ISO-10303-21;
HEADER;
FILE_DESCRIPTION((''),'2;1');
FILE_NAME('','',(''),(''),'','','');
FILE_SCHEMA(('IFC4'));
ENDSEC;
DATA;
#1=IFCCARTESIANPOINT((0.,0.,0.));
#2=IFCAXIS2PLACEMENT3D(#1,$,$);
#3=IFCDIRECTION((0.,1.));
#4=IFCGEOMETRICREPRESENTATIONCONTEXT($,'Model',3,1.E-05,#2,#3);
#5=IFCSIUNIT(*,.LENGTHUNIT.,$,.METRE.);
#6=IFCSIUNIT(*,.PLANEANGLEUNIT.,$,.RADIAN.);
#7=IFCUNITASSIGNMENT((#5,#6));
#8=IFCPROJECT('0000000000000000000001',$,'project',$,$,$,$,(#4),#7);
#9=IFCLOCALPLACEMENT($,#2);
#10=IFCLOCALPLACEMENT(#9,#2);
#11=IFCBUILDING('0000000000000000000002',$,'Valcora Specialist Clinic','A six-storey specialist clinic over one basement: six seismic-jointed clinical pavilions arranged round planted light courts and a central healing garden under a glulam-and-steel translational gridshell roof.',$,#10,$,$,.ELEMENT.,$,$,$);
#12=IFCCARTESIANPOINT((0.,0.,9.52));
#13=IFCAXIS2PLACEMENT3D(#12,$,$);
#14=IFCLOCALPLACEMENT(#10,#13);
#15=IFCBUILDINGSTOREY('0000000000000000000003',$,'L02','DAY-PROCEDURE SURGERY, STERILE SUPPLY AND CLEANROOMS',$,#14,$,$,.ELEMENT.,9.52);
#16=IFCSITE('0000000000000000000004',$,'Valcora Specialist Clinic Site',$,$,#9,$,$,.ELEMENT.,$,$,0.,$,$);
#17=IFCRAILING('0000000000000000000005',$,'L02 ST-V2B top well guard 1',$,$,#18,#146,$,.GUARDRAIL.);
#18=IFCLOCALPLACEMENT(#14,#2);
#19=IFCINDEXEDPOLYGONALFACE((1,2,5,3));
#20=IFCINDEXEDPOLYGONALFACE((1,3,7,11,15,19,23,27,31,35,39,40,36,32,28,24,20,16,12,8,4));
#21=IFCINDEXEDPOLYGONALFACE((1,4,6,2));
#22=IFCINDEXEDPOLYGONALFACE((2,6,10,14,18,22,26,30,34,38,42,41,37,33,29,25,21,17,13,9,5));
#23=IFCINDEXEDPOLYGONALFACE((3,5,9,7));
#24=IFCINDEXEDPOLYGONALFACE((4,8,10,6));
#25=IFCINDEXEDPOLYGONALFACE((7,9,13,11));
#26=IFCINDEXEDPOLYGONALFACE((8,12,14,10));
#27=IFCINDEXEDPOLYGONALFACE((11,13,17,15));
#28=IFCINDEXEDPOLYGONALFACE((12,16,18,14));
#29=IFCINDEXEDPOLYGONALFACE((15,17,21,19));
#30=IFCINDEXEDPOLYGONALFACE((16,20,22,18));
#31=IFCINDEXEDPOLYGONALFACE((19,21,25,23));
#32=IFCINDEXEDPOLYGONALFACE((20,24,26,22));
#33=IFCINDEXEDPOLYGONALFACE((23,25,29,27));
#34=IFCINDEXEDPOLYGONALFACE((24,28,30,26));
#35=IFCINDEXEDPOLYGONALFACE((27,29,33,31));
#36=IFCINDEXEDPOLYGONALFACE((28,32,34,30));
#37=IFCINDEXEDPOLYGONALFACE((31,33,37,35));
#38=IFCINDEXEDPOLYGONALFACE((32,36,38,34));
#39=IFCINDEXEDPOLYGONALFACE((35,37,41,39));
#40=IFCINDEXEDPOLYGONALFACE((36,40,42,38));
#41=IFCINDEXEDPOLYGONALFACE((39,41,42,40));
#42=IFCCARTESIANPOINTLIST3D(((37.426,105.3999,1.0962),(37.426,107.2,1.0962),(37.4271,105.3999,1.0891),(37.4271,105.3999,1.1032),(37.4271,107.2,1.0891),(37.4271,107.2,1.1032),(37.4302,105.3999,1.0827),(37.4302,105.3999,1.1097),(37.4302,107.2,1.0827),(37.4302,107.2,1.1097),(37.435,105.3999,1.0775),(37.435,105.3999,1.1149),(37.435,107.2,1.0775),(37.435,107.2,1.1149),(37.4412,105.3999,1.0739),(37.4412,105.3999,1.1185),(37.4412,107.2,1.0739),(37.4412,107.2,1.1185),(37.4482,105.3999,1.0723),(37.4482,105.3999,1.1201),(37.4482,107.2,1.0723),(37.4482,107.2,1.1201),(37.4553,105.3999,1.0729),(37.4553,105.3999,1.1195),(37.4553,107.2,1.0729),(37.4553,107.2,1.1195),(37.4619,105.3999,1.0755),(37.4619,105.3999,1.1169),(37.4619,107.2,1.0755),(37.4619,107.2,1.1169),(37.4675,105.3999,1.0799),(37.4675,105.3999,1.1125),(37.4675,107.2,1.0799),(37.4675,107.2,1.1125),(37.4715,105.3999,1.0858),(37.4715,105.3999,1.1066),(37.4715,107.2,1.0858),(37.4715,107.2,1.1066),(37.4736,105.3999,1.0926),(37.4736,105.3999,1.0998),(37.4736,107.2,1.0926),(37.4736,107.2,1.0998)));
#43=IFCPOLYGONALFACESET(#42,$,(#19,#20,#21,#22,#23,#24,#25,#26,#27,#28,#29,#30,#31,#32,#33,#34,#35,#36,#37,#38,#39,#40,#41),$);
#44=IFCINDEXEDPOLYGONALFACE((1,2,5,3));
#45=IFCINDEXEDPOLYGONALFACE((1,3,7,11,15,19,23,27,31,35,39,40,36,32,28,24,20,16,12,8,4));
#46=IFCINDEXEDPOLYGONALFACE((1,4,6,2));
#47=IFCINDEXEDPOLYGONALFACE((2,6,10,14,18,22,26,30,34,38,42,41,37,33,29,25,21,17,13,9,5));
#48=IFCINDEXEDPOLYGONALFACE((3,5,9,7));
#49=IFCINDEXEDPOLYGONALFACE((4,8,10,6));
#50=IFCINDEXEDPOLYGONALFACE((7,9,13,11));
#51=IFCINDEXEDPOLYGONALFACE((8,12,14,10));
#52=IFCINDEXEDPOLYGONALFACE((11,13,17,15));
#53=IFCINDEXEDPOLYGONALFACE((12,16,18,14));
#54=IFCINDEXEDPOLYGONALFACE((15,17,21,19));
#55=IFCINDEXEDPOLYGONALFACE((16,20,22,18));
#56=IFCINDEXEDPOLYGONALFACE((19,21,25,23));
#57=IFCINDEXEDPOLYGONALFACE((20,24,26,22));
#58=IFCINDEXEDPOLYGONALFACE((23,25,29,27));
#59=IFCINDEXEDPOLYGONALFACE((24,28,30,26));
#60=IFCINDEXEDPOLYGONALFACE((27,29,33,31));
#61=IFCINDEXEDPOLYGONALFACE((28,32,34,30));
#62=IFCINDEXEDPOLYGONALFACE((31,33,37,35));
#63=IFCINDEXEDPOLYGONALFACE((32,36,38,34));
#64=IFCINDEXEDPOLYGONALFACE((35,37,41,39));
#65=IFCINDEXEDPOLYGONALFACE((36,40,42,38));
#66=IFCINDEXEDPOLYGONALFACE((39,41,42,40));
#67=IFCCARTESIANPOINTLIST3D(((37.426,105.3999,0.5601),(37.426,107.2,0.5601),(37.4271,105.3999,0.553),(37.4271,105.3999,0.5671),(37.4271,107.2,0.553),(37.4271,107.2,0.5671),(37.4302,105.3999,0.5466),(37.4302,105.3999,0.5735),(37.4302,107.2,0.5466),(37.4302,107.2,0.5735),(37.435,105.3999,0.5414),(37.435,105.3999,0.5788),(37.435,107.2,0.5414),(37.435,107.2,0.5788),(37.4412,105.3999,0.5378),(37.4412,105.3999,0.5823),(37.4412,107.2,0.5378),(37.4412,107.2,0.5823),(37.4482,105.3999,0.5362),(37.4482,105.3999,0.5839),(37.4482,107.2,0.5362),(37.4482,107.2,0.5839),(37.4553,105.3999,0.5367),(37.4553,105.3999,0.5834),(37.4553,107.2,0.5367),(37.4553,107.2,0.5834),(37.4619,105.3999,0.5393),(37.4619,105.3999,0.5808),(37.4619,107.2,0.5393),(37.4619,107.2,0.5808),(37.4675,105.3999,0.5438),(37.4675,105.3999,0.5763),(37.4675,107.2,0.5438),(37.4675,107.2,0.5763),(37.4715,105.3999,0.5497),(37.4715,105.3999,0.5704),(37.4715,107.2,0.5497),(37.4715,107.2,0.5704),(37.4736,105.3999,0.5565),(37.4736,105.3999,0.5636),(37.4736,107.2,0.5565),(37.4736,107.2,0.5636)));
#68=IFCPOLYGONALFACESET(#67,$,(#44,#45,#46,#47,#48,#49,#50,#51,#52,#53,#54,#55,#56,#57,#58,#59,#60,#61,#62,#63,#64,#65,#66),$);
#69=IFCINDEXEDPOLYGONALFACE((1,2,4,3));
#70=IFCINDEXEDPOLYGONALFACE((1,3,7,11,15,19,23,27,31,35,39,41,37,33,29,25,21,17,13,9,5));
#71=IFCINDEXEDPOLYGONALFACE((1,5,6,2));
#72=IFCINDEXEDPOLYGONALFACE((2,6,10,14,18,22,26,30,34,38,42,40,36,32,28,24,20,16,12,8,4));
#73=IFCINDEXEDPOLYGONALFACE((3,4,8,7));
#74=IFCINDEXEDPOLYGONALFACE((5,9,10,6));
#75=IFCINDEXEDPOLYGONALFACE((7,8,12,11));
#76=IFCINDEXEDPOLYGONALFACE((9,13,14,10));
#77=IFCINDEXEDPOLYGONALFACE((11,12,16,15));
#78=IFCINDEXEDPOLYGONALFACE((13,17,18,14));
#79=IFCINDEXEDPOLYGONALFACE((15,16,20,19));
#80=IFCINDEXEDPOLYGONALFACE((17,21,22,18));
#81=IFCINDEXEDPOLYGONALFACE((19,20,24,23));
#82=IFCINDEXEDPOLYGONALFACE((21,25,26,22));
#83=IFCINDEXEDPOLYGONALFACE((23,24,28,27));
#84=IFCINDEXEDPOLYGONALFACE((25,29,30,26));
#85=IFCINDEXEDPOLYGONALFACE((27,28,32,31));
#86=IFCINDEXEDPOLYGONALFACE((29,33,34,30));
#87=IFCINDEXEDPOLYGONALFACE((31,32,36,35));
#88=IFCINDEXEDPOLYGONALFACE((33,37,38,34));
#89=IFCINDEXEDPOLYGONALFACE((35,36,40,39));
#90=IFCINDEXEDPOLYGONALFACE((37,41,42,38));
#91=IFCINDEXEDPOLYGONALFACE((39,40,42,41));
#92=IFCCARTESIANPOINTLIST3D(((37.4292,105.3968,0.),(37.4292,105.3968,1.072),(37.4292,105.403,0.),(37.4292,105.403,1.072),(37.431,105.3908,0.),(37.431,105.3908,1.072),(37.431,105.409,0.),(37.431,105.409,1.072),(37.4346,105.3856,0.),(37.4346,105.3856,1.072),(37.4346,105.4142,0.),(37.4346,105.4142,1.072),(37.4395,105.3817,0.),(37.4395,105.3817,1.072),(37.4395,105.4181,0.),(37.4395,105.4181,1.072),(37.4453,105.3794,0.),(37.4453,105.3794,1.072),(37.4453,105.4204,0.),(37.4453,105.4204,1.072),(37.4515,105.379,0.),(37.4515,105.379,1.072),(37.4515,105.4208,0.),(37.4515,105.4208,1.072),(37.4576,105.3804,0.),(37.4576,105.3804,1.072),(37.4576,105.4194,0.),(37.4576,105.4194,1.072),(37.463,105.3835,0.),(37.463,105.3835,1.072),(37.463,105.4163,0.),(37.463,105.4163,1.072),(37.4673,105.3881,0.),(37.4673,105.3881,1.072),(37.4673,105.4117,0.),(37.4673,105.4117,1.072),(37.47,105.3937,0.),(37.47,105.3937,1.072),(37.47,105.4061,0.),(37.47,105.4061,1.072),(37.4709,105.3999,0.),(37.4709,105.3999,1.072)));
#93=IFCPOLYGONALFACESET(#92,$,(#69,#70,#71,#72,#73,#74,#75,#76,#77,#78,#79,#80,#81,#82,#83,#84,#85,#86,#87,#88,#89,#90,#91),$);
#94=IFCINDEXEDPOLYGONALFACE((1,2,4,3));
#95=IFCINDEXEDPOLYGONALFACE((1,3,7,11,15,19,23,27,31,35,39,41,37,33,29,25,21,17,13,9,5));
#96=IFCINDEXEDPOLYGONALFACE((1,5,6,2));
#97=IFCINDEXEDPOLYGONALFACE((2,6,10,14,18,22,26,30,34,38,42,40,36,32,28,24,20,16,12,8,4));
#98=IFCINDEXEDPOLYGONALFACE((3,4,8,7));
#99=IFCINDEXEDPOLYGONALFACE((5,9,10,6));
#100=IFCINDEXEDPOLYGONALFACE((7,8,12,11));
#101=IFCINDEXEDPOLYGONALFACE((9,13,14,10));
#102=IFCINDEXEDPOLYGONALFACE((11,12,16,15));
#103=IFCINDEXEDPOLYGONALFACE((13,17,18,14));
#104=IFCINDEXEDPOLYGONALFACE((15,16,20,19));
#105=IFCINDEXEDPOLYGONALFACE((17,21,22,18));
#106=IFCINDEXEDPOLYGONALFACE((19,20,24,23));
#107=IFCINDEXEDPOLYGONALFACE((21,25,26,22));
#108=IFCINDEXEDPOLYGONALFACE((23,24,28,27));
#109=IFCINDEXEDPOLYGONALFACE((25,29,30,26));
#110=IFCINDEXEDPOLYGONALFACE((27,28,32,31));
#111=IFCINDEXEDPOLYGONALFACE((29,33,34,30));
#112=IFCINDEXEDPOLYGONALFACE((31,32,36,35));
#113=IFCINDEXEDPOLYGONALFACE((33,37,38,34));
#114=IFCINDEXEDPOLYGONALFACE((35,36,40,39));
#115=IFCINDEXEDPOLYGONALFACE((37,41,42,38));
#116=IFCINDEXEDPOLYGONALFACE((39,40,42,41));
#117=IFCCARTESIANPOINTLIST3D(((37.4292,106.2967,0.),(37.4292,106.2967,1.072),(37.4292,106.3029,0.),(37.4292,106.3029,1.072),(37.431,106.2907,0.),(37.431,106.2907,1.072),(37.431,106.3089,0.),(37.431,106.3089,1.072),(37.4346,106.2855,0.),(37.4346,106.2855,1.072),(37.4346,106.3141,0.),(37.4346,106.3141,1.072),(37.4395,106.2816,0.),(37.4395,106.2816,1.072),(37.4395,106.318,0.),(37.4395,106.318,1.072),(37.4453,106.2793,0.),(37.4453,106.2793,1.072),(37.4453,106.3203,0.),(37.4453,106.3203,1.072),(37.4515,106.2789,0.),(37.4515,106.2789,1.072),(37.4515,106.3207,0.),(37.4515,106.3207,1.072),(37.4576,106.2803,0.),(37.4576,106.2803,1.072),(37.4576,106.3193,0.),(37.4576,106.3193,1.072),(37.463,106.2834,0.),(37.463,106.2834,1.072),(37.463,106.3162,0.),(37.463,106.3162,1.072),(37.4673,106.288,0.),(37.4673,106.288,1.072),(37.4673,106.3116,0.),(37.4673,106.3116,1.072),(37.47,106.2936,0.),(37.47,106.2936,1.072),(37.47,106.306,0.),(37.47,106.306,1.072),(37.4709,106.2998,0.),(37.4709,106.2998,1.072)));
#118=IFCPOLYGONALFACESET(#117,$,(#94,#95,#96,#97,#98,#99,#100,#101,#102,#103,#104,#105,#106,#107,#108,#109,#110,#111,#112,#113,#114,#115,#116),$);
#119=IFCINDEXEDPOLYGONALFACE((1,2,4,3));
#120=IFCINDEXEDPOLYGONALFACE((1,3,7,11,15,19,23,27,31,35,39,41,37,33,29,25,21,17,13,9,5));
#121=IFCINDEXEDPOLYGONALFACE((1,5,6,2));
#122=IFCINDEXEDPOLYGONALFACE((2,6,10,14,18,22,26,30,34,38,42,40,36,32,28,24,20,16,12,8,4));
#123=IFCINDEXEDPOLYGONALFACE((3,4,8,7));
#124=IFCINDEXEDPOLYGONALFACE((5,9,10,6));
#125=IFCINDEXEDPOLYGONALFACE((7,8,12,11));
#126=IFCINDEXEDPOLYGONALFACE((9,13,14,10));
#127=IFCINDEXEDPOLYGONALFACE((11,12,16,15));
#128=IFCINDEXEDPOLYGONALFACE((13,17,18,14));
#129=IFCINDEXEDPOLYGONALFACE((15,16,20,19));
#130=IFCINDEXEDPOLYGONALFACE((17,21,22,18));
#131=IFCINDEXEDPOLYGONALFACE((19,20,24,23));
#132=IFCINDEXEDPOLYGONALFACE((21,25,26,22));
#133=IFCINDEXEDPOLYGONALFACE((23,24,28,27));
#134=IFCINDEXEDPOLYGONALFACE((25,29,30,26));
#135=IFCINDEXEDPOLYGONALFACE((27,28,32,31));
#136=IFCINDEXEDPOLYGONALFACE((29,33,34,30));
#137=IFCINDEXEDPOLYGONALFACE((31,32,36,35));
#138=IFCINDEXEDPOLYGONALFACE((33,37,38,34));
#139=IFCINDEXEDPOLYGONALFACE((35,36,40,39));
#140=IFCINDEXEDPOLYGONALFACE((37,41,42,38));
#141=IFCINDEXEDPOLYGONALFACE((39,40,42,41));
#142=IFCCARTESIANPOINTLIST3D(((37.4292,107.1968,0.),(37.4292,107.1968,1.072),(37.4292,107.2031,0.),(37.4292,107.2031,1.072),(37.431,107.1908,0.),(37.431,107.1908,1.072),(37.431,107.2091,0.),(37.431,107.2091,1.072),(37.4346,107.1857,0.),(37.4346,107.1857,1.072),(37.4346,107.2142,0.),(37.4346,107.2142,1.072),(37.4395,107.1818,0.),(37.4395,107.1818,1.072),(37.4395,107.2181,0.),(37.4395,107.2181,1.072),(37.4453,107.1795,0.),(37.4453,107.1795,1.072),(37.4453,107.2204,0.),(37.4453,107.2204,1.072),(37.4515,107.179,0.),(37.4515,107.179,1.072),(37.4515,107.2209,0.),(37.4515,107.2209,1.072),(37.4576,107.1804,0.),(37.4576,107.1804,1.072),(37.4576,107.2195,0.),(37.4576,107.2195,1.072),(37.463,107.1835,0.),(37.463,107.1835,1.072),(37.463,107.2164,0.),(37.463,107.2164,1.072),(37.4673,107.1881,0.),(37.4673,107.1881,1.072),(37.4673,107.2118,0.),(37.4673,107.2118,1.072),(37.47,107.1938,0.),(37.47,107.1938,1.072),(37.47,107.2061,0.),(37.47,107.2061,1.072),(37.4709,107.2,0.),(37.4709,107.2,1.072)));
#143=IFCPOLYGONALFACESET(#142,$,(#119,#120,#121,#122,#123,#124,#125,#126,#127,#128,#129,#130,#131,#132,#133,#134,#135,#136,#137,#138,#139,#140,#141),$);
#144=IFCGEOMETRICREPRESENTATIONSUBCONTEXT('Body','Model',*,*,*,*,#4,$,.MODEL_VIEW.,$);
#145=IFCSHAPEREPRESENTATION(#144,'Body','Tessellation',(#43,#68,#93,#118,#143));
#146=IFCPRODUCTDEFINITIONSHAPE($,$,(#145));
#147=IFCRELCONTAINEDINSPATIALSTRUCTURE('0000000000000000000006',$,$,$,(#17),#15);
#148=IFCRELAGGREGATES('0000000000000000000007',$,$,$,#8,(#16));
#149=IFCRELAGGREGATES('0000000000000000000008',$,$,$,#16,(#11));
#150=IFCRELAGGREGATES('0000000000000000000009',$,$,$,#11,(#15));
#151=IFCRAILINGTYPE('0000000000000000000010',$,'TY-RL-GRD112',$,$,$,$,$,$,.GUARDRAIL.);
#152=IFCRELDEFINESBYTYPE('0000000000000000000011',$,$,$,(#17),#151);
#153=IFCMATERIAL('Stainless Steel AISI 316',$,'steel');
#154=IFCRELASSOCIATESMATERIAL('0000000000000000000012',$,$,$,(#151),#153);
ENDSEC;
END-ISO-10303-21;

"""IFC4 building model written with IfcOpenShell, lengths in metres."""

from ifc_helpers import new_model, si_unit, direction, frame, origin, origin_2d, place, context, subcontext, project, spatial, circle, extrude, material, type_object, element, save


model = new_model("IFC4")

# Units and contexts
model_context = context("Model", 3, precision=1e-05, world=origin(), true_north=direction((0.0, 1.0)))
body_context = subcontext(model_context, "Body", "Model", "MODEL_VIEW")
ifc_project = project(units=[si_unit("LENGTHUNIT", "METRE"), si_unit("PLANEANGLEUNIT", "RADIAN")], contexts=[model_context])

# Site, building, storey
site_placement = place(None, origin())
site = spatial("IfcSite", under=ifc_project, at=site_placement, Name="Valcora Specialist Clinic Site", CompositionType="ELEMENT", RefElevation=0.0)
building_placement = place(site_placement, origin())
building = spatial("IfcBuilding", under=site, at=building_placement, Name="Valcora Specialist Clinic", Description="A six-storey specialist clinic over one basement: six seismic-jointed clinical pavilions arranged round planted light courts and a central healing garden under a glulam-and-steel translational gridshell roof.", CompositionType="ELEMENT")
storey_placement = place(building_placement, frame((0.0, 0.0, 9.52)))
storey = spatial("IfcBuildingStorey", under=building, at=storey_placement, Name="L02", Description="DAY-PROCEDURE SURGERY, STERILE SUPPLY AND CLEANROOMS", CompositionType="ELEMENT", Elevation=9.52)

# Railing
ifc_material_1 = material(Name="Stainless Steel AISI 316", Category="steel")
railing_type = type_object("IfcRailingType", Name="TY-RL-GRD112", PredefinedType="GUARDRAIL", material=ifc_material_1)
railing_placement = place(storey_placement, frame((37.45, 105.3999, 0.0)))
element("IfcRailing", 1, at=railing_placement, inside=storey, type_object=railing_type, Name="L02 ST-V2B top well guard 1", PredefinedType="GUARDRAIL", context=body_context, shape_type="SweptSolid", body=[
    extrude(circle(Radius=0.0239, at=origin_2d()), frame((0.0, 0.0, 1.0962), z_axis=(0.0, 1.0, 0.0), x_axis=(-1.0, 0.0, 0.0)), (0.0, 0.0, 1.0), 1.8),
    extrude(circle(Radius=0.0239, at=origin_2d()), frame((0.0, 0.0, 0.5601), z_axis=(0.0, 1.0, 0.0), x_axis=(-1.0, 0.0, 0.0)), (0.0, 0.0, 1.0), 1.8),
    extrude(circle(Radius=0.021, at=origin_2d()), origin(), (0.0, 0.0, 1.0), 1.072),
    extrude(circle(Radius=0.021, at=origin_2d()), frame((0.0, 0.8999, 0.0)), (0.0, 0.0, 1.0), 1.072),
    extrude(circle(Radius=0.021, at=origin_2d()), frame((0.0, 1.8, 0.0)), (0.0, 0.0, 1.0), 1.072),
])

save(model, "model.ifc")
